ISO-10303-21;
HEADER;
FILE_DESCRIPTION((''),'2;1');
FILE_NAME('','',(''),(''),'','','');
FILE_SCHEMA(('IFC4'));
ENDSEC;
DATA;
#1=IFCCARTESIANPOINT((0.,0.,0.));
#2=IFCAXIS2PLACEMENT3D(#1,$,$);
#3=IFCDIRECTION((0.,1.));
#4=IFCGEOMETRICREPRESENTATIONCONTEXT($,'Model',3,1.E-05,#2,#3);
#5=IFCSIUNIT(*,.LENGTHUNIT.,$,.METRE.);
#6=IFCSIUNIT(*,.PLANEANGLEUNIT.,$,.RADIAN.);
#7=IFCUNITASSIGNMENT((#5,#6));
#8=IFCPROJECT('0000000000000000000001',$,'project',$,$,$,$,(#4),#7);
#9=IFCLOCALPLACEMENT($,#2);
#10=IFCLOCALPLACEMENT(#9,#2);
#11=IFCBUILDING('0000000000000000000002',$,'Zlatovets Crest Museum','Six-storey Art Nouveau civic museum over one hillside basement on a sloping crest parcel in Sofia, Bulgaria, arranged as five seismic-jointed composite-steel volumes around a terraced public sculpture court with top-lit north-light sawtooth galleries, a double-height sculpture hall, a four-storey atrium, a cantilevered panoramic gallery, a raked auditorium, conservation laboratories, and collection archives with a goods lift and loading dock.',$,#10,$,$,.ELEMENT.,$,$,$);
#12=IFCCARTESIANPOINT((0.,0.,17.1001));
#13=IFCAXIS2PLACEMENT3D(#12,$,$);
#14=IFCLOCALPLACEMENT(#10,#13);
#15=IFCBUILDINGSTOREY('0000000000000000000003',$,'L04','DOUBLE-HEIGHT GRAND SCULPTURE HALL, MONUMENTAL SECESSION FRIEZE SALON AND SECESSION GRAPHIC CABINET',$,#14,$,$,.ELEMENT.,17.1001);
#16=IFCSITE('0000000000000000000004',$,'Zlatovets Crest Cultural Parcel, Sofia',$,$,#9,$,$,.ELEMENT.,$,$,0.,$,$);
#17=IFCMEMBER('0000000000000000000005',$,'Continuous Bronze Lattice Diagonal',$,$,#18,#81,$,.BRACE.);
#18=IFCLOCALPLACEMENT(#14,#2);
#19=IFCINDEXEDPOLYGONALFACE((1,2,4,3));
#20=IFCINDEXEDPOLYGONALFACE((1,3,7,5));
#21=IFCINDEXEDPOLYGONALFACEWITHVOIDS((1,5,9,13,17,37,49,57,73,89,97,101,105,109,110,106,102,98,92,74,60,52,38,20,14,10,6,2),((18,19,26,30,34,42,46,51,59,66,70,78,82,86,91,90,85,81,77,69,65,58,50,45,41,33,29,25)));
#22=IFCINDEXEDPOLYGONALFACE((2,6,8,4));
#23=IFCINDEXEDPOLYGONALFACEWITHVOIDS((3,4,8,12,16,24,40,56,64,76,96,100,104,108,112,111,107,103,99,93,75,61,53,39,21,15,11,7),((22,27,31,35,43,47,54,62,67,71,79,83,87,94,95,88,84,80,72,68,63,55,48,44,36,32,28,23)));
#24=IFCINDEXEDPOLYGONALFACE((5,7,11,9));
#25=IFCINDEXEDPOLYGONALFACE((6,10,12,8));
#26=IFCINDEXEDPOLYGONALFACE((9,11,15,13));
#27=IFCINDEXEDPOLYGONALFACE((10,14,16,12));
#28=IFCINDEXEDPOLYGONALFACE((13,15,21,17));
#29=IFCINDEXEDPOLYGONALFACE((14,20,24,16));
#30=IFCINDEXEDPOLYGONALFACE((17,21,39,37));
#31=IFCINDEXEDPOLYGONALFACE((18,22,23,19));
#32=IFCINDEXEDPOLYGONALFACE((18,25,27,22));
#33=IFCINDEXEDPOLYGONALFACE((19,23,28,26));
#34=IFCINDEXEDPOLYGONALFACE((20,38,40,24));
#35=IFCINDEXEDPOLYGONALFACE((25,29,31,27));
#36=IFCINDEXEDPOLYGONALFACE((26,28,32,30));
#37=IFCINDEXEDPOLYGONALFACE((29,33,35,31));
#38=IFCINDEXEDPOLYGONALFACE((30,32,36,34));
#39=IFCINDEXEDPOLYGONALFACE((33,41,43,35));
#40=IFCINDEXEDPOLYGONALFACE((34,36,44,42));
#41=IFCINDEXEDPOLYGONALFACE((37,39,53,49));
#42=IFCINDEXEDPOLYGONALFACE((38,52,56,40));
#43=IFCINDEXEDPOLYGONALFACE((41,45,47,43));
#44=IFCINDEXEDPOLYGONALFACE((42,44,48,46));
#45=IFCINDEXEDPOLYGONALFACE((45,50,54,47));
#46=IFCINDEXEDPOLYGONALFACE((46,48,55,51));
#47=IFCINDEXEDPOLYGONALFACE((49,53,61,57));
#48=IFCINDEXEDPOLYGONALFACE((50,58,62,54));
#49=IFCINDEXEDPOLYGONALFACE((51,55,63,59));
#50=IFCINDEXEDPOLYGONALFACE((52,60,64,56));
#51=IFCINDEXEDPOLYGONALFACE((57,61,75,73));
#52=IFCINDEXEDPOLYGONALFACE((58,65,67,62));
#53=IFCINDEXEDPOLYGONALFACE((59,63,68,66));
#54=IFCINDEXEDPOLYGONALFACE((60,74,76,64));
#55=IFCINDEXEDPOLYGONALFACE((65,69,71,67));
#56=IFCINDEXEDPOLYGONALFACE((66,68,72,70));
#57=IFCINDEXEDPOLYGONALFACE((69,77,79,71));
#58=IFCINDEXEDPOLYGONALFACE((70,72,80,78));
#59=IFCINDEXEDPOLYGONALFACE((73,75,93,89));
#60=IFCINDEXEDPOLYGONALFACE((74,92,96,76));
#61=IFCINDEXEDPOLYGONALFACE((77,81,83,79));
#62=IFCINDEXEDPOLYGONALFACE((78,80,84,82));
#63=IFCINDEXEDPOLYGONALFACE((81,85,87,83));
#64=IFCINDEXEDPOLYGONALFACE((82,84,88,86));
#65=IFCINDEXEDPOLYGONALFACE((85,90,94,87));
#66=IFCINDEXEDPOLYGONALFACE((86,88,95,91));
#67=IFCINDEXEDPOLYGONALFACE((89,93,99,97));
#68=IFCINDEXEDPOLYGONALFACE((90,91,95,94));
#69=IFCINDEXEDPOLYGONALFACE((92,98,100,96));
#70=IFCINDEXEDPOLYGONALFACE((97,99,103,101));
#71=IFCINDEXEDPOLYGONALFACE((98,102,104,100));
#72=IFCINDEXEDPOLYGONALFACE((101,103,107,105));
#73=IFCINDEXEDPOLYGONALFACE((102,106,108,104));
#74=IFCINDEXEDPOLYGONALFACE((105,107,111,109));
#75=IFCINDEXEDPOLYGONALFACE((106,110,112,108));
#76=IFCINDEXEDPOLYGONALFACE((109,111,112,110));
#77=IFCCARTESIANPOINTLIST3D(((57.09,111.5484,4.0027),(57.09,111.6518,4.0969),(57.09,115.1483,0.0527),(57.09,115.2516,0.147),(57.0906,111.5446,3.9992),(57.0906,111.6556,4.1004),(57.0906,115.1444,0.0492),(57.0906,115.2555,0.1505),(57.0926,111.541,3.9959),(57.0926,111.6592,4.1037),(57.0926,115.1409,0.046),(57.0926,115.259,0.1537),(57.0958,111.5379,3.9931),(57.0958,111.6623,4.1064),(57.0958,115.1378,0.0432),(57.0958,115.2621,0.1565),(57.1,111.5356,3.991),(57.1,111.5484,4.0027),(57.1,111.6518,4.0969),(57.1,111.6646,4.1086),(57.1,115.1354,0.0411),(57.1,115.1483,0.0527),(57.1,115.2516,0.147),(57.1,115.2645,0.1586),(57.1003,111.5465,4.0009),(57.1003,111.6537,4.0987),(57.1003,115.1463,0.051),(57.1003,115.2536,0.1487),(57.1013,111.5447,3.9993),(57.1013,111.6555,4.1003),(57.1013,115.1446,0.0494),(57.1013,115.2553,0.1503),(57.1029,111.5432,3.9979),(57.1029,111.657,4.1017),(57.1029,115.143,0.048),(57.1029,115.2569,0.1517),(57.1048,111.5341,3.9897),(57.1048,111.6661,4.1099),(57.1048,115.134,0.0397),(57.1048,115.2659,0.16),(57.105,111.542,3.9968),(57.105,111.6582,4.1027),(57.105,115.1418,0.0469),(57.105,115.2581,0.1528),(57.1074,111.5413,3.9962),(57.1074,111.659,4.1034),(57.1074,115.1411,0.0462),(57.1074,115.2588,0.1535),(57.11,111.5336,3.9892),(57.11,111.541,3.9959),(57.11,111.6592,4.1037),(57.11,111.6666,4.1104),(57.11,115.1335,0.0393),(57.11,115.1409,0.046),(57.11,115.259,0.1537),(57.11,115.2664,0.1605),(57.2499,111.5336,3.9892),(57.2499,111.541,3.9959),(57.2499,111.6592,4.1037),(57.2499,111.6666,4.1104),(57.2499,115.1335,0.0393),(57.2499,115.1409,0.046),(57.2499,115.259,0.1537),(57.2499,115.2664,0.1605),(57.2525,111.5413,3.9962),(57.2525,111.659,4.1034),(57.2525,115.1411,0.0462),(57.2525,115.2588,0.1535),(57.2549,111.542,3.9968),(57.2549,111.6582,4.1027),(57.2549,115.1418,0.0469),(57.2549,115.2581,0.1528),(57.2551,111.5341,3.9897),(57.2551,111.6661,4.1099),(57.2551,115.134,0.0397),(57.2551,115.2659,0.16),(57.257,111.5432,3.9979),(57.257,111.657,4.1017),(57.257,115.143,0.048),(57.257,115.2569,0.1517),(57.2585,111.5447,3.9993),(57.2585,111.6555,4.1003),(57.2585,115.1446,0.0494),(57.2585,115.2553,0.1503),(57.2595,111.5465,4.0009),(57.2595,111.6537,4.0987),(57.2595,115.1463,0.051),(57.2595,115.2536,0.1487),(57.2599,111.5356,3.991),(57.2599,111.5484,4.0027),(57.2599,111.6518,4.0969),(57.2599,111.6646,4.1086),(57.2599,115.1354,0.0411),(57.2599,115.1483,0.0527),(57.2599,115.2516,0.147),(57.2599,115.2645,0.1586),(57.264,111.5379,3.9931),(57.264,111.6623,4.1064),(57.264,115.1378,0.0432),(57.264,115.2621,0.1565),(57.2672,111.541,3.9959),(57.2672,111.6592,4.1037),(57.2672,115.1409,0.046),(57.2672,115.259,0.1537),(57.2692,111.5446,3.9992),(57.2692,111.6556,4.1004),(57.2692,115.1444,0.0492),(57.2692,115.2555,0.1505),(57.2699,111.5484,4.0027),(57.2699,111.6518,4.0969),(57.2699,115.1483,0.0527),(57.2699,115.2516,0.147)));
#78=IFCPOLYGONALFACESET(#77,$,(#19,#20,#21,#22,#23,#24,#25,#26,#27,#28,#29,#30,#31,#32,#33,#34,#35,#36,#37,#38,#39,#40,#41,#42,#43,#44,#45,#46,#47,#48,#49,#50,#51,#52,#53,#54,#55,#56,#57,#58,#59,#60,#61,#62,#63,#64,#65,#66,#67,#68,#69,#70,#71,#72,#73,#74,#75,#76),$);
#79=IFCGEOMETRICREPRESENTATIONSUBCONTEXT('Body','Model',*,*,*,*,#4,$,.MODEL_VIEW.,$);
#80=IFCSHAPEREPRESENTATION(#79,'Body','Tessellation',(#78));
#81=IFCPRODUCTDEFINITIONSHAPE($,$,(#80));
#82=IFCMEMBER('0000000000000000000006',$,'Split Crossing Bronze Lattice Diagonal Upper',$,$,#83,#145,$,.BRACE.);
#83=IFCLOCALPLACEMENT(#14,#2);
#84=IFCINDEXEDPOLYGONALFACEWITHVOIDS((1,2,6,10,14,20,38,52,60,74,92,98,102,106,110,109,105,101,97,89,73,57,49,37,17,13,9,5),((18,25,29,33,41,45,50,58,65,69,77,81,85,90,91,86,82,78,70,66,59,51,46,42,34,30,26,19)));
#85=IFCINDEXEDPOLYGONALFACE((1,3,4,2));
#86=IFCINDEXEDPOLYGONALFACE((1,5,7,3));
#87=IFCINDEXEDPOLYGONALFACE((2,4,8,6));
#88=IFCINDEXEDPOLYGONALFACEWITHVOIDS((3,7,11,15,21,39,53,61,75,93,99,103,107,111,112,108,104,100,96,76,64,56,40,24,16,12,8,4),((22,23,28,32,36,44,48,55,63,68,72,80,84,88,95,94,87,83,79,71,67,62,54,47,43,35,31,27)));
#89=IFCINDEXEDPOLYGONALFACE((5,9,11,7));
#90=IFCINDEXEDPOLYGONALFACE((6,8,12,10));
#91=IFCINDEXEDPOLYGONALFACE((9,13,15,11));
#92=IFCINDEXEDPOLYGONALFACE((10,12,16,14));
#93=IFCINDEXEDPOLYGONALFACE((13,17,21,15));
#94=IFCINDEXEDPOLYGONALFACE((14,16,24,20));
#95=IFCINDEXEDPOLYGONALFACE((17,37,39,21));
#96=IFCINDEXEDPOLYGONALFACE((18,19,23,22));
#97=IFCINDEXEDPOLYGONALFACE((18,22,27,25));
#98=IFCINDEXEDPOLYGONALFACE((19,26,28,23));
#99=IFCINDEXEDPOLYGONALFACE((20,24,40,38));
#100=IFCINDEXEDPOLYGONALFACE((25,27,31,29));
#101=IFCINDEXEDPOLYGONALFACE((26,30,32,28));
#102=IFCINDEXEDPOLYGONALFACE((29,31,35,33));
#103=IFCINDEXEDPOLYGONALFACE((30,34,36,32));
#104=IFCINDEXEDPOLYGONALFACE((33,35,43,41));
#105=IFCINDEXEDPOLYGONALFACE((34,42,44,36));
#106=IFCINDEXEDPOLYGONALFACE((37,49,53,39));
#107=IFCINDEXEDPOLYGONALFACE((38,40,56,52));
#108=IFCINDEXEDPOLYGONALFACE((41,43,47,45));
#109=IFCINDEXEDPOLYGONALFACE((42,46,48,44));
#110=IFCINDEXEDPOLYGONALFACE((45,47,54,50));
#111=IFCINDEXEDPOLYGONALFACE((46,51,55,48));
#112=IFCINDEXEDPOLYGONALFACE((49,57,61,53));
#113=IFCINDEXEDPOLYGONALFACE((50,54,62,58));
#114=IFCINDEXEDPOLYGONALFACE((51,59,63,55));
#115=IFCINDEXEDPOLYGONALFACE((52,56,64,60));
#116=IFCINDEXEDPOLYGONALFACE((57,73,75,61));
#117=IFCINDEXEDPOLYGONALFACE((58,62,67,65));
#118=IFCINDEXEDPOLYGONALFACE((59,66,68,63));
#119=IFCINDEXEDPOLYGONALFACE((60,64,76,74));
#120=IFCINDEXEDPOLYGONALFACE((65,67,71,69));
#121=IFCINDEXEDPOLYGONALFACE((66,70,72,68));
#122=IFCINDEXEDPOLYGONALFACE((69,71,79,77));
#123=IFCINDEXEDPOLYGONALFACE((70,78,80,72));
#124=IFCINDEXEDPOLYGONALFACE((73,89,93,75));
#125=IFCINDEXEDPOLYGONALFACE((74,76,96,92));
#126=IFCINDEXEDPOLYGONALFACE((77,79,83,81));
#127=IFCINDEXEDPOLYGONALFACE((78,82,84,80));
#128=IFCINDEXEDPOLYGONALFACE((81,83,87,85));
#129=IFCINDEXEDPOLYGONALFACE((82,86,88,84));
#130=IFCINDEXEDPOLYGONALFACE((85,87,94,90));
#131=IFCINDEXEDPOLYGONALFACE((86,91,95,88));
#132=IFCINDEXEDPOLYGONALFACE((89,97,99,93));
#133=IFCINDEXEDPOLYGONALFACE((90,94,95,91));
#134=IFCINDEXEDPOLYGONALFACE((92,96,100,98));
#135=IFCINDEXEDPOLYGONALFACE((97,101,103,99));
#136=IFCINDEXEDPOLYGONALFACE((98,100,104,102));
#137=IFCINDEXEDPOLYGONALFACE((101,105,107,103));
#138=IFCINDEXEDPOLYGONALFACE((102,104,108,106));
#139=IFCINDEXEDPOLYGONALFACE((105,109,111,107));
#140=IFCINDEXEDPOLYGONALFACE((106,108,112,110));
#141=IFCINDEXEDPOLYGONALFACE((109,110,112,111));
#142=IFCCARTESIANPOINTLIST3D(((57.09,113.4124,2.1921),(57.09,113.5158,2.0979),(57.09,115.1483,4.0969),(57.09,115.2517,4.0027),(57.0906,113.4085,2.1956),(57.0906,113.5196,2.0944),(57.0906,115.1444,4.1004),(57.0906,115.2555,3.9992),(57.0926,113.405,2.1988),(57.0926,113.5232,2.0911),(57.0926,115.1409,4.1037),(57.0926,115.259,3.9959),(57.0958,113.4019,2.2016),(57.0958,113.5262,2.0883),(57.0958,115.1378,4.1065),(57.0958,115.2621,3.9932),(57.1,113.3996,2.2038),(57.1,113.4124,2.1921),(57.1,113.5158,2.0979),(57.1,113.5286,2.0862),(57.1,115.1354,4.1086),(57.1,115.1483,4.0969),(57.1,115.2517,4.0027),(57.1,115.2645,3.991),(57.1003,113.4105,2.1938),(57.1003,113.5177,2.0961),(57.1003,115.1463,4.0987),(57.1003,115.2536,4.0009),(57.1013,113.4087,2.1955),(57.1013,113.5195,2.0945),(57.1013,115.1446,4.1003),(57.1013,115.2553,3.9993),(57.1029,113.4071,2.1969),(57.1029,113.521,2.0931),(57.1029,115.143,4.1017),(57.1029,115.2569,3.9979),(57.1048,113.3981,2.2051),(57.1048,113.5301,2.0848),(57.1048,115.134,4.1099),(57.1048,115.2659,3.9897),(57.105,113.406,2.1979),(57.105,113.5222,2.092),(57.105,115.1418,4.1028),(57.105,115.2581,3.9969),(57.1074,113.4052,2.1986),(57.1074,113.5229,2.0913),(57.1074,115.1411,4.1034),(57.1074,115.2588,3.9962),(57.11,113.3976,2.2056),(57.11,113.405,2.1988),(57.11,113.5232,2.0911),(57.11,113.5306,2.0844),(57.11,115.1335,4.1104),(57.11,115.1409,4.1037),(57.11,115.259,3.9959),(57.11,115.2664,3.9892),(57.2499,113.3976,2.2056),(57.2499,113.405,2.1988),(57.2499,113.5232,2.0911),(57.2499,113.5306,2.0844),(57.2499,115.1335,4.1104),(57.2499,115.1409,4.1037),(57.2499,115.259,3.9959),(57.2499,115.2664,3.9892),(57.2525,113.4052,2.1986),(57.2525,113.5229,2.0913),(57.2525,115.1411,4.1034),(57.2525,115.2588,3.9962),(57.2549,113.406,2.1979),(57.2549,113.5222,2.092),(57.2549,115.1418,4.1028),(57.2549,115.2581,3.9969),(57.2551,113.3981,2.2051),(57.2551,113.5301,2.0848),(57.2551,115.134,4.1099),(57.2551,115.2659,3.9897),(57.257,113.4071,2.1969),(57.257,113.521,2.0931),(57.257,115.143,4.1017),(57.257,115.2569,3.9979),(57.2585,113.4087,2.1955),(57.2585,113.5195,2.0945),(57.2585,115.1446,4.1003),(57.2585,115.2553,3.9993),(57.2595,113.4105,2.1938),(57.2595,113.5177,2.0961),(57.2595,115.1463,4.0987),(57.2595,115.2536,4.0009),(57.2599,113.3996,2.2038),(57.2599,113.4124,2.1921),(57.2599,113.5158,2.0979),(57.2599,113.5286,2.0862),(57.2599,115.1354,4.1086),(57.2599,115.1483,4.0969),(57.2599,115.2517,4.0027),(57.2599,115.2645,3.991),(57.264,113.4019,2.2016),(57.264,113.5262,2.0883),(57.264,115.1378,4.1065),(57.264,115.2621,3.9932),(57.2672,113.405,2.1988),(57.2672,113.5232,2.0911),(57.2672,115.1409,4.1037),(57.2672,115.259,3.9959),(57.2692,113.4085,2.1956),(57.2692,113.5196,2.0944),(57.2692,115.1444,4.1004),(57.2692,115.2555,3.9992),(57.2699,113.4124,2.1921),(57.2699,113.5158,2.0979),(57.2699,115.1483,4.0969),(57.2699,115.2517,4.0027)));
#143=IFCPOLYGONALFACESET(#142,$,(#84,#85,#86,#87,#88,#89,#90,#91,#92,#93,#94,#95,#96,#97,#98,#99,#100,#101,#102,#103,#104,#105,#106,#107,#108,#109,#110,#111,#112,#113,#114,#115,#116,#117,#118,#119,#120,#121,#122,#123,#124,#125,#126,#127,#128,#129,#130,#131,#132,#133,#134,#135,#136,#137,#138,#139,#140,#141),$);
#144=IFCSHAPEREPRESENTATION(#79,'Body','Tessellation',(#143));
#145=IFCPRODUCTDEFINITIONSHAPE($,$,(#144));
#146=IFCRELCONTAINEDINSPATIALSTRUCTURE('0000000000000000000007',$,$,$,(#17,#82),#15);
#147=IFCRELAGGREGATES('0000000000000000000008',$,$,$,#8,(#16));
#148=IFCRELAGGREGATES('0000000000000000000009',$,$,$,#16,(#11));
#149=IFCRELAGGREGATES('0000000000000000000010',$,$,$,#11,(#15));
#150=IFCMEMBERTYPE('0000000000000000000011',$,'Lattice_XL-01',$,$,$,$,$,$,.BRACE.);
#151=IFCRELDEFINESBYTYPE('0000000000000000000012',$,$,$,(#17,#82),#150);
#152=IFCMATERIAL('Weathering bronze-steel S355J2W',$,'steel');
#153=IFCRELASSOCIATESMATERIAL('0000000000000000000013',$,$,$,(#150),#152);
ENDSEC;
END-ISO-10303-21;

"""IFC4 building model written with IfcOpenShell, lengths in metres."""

from ifc_helpers import new_model, si_unit, direction, frame, origin, origin_2d, place, context, subcontext, project, spatial, hollow_rectangle, extrude, material, material_profile, profile_set, type_object, element, save


model = new_model("IFC4")

# Units and contexts
model_context = context("Model", 3, precision=1e-05, world=origin(), true_north=direction((0.0, 1.0)))
body_context = subcontext(model_context, "Body", "Model", "MODEL_VIEW")
ifc_project = project(units=[si_unit("LENGTHUNIT", "METRE"), si_unit("PLANEANGLEUNIT", "RADIAN")], contexts=[model_context])

# Site, building, storey
site_placement = place(None, origin())
site = spatial("IfcSite", under=ifc_project, at=site_placement, Name="Zlatovets Crest Cultural Parcel, Sofia", CompositionType="ELEMENT", RefElevation=0.0)
building_placement = place(site_placement, origin())
building = spatial("IfcBuilding", under=site, at=building_placement, Name="Zlatovets Crest Museum", Description="Six-storey Art Nouveau civic museum over one hillside basement on a sloping crest parcel in Sofia, Bulgaria, arranged as five seismic-jointed composite-steel volumes around a terraced public sculpture court with top-lit north-light sawtooth galleries, a double-height sculpture hall, a four-storey atrium, a cantilevered panoramic gallery, a raked auditorium, conservation laboratories, and collection archives with a goods lift and loading dock.", CompositionType="ELEMENT")
storey_placement = place(building_placement, frame((0.0, 0.0, 17.1001)))
storey = spatial("IfcBuildingStorey", under=building, at=storey_placement, Name="L04", Description="DOUBLE-HEIGHT GRAND SCULPTURE HALL, MONUMENTAL SECESSION FRIEZE SALON AND SECESSION GRAPHIC CABINET", CompositionType="ELEMENT", Elevation=17.1001)

# Members
ifc_material_1 = material(Name="Weathering bronze-steel S355J2W", Category="steel")
ifc_material_profile_1 = material_profile(ifc_material_1, hollow_rectangle(XDim=0.1799, YDim=0.1799, WallThickness=0.01, InnerFilletRadius=0.01, OuterFilletRadius=0.02, at=origin_2d()), Name="SHS 180x180x10.0")
ifc_profile_set_1 = profile_set([ifc_material_profile_1], Name="Weathering bronze-steel S355J2W")
member_type_1 = type_object("IfcMemberType", Name="Lattice_XL-01", PredefinedType="BRACE", material=ifc_profile_set_1)
member_1_placement = place(storey_placement, frame((57.1799, 115.2, 0.0999), z_axis=(0.0, -0.673593, 0.739102), x_axis=(1.0, 0.0, 0.0)))
element("IfcMember", 1, at=member_1_placement, inside=storey, type_object=member_type_1, Name="Continuous Bronze Lattice Diagonal", PredefinedType="BRACE", context=body_context, shape_type="SweptSolid", body=[
    extrude(hollow_rectangle(XDim=0.1799, YDim=0.1799, WallThickness=0.01, InnerFilletRadius=0.01, OuterFilletRadius=0.02, at=origin_2d()), origin(), (0.0, 0.0, 1.0), 5.3442),
])
for number, where, z_axis, x_axis, name in (
    (2, (57.1799, 115.2, 4.0498), (0.0, -0.673568, -0.739125), (1.0, 0.0, 0.0), "Split Crossing Bronze Lattice Diagonal Upper"),
):
    element("IfcMember", number, at=place(storey_placement, frame(where, z_axis=z_axis, x_axis=x_axis)), inside=storey, type_object=member_type_1, Name=name, PredefinedType="BRACE", context=body_context, shape_type="SweptSolid", body=[
        extrude(hollow_rectangle(XDim=0.1799, YDim=0.1799, WallThickness=0.01, InnerFilletRadius=0.01, OuterFilletRadius=0.02, at=origin_2d()), origin(), (0.0, 0.0, 1.0), 2.5771),
    ])

save(model, "model.ifc")
